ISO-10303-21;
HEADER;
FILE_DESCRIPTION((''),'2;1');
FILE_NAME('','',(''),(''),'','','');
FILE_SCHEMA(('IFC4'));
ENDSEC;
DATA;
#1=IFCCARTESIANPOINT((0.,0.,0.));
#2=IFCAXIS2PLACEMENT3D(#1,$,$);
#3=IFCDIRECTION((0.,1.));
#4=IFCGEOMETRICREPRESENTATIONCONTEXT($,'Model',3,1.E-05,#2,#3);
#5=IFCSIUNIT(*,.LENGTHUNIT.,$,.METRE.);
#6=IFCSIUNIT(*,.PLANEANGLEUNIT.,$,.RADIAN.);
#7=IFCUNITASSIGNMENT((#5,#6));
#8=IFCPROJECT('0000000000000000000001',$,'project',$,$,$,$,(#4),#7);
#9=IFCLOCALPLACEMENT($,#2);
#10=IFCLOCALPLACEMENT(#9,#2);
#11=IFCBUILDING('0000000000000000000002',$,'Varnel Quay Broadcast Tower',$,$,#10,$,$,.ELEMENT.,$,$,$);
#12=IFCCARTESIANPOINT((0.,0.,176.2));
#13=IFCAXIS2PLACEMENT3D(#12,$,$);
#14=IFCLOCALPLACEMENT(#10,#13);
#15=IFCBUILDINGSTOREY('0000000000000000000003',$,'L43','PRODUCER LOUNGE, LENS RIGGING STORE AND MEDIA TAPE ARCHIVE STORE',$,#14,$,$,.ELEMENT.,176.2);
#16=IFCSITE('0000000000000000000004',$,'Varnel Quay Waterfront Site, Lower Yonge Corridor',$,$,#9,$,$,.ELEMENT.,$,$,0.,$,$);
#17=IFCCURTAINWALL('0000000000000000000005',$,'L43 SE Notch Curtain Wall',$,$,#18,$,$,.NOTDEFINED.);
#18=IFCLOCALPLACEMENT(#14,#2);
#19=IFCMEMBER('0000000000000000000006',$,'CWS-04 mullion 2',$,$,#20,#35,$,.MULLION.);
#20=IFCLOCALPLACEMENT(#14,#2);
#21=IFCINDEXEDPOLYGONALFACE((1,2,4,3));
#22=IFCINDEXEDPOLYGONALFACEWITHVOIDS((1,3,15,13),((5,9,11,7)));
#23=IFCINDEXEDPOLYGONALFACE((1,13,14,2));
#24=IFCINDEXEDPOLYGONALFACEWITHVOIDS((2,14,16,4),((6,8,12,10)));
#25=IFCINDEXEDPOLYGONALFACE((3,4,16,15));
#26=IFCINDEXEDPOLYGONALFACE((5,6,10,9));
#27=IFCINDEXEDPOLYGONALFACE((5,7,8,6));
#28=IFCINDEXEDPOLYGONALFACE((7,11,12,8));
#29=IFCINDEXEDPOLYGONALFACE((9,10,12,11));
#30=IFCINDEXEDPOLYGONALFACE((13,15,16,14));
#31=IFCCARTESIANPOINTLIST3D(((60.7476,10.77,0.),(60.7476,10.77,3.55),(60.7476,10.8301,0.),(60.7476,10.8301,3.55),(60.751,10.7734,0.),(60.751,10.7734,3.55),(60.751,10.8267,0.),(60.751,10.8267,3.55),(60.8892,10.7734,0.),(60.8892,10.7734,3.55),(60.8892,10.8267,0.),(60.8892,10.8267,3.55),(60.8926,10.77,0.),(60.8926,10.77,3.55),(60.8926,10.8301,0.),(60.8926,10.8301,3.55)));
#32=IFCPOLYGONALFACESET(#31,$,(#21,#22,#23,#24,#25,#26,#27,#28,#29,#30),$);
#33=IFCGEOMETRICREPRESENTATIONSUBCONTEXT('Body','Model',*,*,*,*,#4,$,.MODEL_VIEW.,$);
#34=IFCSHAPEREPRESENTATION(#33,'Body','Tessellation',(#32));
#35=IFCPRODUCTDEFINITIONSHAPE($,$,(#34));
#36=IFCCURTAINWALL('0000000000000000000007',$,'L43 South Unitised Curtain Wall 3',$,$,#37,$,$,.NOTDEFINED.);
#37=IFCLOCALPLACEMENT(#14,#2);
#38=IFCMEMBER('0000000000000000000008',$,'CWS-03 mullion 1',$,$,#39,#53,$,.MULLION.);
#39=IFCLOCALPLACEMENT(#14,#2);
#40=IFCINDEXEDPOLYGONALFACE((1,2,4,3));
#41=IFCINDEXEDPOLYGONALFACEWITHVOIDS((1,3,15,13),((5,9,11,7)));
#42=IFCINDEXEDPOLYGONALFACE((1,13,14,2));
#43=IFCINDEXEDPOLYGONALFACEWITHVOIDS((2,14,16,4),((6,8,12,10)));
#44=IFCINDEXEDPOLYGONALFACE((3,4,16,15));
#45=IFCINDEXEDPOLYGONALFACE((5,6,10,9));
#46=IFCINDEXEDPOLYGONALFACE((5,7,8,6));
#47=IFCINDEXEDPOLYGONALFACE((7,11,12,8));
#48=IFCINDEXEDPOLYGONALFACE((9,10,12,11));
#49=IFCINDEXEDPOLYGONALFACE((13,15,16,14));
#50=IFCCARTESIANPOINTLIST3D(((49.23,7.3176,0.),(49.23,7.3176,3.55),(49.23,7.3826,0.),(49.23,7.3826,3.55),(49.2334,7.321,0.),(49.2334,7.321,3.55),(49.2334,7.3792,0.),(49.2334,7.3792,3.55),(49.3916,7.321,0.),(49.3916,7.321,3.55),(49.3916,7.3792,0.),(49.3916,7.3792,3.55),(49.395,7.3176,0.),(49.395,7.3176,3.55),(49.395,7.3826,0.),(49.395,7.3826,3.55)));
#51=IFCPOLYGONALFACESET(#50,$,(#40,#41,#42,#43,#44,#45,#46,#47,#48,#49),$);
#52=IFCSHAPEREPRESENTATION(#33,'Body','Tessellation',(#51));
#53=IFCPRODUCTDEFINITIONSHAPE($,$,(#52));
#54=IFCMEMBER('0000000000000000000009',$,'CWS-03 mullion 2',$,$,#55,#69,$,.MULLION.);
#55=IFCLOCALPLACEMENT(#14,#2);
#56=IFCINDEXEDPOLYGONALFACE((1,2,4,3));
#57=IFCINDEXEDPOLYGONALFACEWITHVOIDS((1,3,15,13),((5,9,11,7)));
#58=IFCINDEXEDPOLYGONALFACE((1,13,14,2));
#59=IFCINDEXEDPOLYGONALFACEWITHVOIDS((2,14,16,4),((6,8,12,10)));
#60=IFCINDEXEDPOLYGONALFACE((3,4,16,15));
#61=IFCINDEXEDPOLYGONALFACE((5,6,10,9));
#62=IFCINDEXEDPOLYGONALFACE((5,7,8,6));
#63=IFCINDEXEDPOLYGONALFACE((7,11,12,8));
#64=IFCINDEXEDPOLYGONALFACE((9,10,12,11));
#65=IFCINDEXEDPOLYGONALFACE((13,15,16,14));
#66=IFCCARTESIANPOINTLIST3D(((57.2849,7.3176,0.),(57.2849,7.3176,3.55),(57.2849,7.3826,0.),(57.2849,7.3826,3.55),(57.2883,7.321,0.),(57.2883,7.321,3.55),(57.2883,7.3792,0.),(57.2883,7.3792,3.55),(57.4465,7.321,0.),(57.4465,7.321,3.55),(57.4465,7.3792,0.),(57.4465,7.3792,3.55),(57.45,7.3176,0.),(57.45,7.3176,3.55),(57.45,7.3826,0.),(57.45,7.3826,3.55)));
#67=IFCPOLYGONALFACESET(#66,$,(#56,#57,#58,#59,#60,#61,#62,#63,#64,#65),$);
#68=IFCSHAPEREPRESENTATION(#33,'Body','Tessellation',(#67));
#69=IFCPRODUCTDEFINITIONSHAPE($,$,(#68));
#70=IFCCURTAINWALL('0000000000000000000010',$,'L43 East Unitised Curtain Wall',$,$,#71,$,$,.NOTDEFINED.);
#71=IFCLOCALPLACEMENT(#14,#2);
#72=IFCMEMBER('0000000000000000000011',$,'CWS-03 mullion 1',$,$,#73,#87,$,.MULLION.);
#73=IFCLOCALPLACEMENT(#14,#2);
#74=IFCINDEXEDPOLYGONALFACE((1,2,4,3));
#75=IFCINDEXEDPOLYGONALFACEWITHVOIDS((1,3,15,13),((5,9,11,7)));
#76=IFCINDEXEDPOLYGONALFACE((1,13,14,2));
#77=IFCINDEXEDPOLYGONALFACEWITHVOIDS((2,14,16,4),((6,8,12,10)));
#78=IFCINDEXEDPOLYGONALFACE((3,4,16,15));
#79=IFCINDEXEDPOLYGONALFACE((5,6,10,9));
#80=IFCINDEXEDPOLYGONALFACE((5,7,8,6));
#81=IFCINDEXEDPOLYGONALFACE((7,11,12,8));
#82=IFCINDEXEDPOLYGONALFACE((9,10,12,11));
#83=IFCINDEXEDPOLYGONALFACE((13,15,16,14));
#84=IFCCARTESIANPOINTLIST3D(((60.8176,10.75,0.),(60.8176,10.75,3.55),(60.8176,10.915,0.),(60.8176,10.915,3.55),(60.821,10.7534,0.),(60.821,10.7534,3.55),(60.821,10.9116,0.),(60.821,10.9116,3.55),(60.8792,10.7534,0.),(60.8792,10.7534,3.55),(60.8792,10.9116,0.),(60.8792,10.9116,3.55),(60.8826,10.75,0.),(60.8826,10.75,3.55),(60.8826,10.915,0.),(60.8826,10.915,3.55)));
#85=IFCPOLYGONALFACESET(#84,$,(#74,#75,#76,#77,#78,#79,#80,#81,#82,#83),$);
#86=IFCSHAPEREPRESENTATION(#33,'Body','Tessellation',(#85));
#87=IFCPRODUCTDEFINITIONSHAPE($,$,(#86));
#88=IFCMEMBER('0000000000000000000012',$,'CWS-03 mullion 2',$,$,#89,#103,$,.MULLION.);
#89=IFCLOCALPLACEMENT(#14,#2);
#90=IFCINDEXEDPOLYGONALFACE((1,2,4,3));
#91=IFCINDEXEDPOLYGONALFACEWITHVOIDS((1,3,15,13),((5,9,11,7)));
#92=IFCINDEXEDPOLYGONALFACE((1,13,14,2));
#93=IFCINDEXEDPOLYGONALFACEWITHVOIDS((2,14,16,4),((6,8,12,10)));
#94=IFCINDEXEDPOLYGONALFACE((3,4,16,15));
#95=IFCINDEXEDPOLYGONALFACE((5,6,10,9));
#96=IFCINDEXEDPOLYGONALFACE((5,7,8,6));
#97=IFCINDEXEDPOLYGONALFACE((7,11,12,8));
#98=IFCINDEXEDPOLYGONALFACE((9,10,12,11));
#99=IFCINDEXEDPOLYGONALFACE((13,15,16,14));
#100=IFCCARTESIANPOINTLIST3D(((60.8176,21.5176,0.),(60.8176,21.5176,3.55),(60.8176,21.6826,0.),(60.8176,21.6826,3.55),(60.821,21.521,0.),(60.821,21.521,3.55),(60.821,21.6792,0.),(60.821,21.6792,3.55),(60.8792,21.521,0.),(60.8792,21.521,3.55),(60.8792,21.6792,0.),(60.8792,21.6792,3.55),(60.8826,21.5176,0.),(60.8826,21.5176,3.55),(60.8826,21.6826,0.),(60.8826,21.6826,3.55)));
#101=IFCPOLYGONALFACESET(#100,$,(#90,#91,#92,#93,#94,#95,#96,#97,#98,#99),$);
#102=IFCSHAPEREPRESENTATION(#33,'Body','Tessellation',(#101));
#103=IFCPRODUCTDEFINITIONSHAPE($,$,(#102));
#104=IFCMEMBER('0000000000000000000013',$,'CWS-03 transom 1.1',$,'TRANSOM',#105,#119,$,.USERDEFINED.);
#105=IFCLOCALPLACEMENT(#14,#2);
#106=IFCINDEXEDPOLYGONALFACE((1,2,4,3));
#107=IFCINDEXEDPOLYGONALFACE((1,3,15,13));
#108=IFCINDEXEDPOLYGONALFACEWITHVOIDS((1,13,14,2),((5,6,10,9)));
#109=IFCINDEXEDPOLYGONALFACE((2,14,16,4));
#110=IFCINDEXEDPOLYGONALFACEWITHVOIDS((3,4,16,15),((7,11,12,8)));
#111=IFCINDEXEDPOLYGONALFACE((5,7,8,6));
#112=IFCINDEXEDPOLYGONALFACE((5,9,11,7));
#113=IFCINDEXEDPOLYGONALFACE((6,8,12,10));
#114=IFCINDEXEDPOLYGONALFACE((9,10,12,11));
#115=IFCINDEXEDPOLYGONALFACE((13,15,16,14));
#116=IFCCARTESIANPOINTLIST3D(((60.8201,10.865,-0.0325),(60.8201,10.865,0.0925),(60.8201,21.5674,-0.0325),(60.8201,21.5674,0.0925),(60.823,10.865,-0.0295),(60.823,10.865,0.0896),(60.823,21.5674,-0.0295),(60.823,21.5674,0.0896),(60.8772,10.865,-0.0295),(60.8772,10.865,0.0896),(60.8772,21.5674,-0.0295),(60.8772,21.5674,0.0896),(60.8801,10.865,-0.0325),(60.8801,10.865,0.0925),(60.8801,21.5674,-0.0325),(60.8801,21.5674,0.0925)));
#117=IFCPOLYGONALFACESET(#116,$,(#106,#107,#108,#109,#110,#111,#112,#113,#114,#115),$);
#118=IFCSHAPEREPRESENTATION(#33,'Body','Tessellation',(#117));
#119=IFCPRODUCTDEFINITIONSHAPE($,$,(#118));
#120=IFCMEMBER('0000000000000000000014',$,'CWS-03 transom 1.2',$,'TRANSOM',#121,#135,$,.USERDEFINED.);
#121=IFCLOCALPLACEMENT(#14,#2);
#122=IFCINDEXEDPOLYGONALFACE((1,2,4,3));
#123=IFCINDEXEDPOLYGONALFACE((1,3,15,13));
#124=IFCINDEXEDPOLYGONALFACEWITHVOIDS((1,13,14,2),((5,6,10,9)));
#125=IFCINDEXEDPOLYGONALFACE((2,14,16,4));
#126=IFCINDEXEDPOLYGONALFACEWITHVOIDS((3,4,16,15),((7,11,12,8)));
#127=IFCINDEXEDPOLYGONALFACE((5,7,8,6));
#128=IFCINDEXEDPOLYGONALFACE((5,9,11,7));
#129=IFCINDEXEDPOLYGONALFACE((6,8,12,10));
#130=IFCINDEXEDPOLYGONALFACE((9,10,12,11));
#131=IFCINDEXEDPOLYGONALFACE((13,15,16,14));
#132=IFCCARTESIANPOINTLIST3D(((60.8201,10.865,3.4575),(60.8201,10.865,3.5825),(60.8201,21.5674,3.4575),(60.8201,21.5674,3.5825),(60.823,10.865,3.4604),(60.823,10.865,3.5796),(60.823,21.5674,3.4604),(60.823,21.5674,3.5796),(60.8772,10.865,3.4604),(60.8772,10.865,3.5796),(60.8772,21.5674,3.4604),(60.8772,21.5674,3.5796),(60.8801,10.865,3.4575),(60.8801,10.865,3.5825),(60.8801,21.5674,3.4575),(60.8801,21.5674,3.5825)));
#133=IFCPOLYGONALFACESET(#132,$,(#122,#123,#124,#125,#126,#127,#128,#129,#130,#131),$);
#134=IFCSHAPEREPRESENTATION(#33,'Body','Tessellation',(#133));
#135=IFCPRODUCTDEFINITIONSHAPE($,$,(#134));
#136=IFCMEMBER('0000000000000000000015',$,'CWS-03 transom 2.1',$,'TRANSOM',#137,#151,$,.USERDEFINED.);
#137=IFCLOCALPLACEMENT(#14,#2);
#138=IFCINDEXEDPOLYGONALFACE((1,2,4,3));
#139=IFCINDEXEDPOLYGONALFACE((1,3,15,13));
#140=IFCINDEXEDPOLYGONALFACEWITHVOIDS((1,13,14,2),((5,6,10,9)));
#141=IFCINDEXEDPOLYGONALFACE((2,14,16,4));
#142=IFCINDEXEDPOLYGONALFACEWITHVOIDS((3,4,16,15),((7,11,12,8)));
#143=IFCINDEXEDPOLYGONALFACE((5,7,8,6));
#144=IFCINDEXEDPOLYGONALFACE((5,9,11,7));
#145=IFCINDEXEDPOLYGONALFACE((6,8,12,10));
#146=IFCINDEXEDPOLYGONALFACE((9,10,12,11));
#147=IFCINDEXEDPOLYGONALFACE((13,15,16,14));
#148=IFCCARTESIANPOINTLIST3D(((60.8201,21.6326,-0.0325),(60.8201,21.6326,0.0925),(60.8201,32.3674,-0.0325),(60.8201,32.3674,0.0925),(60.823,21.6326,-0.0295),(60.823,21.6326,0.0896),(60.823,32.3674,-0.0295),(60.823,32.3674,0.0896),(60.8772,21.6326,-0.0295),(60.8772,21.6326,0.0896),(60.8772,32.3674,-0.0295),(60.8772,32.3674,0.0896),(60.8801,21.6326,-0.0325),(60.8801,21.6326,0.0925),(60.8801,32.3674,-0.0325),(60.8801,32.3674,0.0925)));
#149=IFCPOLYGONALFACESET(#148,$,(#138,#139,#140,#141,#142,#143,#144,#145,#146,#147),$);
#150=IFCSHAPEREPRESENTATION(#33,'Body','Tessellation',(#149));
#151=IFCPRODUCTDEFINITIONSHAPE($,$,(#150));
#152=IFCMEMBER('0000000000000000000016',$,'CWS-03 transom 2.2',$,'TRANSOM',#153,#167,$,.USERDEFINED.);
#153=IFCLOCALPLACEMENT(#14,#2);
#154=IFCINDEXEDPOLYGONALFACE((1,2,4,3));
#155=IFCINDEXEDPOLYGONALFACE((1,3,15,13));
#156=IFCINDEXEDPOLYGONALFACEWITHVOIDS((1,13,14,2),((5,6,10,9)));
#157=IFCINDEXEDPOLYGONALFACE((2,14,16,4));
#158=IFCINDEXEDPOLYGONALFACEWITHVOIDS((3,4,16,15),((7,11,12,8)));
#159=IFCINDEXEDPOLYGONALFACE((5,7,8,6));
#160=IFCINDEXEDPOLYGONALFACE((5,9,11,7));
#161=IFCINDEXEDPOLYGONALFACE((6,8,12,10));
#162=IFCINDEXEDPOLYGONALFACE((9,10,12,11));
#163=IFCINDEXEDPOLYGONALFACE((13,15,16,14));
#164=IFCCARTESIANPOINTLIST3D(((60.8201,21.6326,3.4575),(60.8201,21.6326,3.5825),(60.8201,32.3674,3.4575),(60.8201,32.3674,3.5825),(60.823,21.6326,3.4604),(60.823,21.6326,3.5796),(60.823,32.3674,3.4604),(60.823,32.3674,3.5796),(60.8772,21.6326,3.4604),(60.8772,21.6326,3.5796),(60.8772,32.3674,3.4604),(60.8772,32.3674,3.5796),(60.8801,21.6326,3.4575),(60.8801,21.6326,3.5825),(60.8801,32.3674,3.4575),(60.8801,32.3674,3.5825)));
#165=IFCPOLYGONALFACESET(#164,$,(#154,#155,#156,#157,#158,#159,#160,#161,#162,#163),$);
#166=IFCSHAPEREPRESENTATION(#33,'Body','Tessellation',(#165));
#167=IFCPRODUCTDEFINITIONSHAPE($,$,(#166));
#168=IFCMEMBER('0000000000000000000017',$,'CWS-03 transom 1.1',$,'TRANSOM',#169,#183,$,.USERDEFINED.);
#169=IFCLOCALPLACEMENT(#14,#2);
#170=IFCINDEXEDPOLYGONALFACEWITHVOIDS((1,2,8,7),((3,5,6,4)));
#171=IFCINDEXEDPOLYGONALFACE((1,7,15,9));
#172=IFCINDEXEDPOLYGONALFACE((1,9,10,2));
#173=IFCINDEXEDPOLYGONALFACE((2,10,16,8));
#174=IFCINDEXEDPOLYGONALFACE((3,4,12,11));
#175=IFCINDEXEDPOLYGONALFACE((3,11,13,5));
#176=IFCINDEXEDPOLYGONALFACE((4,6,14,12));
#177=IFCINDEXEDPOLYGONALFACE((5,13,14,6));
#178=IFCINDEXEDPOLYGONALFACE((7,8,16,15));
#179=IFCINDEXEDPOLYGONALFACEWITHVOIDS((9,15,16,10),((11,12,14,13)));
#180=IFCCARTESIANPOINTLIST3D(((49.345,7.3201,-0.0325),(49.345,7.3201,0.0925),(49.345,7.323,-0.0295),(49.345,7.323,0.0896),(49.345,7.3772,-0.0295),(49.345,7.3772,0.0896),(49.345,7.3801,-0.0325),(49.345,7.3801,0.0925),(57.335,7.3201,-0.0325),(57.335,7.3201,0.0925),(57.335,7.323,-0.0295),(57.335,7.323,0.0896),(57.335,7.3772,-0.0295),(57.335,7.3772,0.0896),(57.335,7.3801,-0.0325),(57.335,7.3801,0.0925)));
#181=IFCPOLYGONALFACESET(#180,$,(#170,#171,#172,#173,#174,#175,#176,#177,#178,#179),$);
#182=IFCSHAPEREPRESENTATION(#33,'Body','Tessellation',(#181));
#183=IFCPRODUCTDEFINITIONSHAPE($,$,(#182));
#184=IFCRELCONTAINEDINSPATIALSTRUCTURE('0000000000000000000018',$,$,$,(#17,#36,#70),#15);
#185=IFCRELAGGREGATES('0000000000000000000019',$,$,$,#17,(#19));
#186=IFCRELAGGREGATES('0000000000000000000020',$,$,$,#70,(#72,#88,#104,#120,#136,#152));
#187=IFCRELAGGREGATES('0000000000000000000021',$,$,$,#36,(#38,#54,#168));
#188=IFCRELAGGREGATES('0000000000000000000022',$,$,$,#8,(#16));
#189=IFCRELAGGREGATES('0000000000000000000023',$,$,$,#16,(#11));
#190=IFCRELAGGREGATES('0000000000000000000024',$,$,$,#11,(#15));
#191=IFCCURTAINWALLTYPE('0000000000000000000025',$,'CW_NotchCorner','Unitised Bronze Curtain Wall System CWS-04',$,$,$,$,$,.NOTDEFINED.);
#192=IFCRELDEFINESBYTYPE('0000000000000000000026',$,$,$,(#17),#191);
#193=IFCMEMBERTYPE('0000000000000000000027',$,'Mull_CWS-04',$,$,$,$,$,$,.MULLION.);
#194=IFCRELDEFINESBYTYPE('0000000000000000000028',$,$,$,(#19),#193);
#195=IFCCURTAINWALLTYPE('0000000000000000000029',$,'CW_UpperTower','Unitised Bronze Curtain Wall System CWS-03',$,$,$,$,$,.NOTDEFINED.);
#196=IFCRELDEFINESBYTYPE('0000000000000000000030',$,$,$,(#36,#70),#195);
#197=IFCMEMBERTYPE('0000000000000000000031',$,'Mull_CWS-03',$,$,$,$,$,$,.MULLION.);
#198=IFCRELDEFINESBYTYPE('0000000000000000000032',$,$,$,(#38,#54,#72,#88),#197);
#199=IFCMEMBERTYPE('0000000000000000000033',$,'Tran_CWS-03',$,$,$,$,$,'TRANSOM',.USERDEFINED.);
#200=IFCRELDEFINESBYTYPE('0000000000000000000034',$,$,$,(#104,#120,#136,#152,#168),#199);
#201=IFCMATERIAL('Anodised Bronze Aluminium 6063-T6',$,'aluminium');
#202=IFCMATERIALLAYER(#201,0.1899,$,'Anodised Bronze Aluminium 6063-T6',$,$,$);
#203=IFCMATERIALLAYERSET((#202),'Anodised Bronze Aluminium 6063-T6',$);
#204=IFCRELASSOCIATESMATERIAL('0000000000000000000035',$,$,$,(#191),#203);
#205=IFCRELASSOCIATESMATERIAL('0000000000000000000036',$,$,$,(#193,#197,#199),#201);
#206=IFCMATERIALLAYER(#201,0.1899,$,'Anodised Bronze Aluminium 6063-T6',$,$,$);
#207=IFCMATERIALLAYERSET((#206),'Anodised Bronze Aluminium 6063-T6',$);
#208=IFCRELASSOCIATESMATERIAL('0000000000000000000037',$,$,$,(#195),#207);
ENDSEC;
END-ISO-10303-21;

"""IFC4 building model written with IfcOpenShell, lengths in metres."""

from ifc_helpers import new_model, si_unit, direction, frame, origin, origin_2d, place, context, subcontext, project, spatial, hollow_rectangle, extrude, source, transform, mapped, material, layer, layer_set, material_profile, profile_set, type_object, type_shapes, element, aggregate, save


model = new_model("IFC4")

# Units and contexts
model_context = context("Model", 3, precision=1e-05, world=origin(), true_north=direction((0.0, 1.0)))
body_context = subcontext(model_context, "Body", "Model", "MODEL_VIEW")
ifc_project = project(units=[si_unit("LENGTHUNIT", "METRE"), si_unit("PLANEANGLEUNIT", "RADIAN")], contexts=[model_context])

# Site, building, storey
site_placement = place(None, origin())
site = spatial("IfcSite", under=ifc_project, at=site_placement, Name="Varnel Quay Waterfront Site, Lower Yonge Corridor", CompositionType="ELEMENT", RefElevation=0.0)
building_placement = place(site_placement, origin())
building = spatial("IfcBuilding", under=site, at=building_placement, Name="Varnel Quay Broadcast Tower", CompositionType="ELEMENT")
storey_placement = place(building_placement, frame((0.0, 0.0, 176.2)))
storey = spatial("IfcBuildingStorey", under=building, at=storey_placement, Name="L43", Description="PRODUCER LOUNGE, LENS RIGGING STORE AND MEDIA TAPE ARCHIVE STORE", CompositionType="ELEMENT", Elevation=176.2)

# Curtain walls, members
ifc_material_1 = material(Name="Anodised Bronze Aluminium 6063-T6", Category="aluminium")
ifc_layer_1 = layer(ifc_material_1, 0.1899, Name="Anodised Bronze Aluminium 6063-T6")
ifc_layer_set_1 = layer_set([ifc_layer_1], Name="Anodised Bronze Aluminium 6063-T6")
curtain_wall_type_1 = type_object("IfcCurtainWallType", Name="CW_NotchCorner", Description="Unitised Bronze Curtain Wall System CWS-04", PredefinedType="NOTDEFINED", material=ifc_layer_set_1)
curtain_wall_1_placement = place(storey_placement, origin())
curtain_wall_1 = element("IfcCurtainWall", 1, at=curtain_wall_1_placement, inside=storey, type_object=curtain_wall_type_1, Name="L43 SE Notch Curtain Wall", PredefinedType="NOTDEFINED")
ifc_material_profile_1 = material_profile(ifc_material_1, hollow_rectangle(XDim=0.0601, YDim=0.145, WallThickness=0.0034, at=origin_2d()), Name="ALU60X145X3.5")
ifc_profile_set_1 = profile_set([ifc_material_profile_1], Name="Anodised Bronze Aluminium 6063-T6")
member_type_1 = type_object("IfcMemberType", Name="Mull_CWS-04", PredefinedType="MULLION", material=ifc_profile_set_1)
shared_shape_1 = source(origin(), body_context, "Body", "SweptSolid", [
    extrude(hollow_rectangle(XDim=0.0601, YDim=0.145, WallThickness=0.0034, at=origin_2d()), origin(), (0.0, 0.0, 1.0), 3.55),
])
type_shapes(member_type_1, [shared_shape_1])
member_1_placement = place(storey_placement, frame((60.8201, 10.8, 0.0), z_axis=(0.0, 0.0, 1.0), x_axis=(0.0, 1.0, 0.0)))
member_1 = element("IfcMember", 2, at=member_1_placement, type_object=member_type_1, Name="CWS-04 mullion 2", PredefinedType="MULLION", context=body_context, shape_type="MappedRepresentation", body=[
    mapped(shared_shape_1, transform((0.0, 0.0, 0.0), x_axis=(1.0, 0.0, 0.0), y_axis=(0.0, 1.0, 0.0), z_axis=(0.0, 0.0, 1.0), scale=1.0)),
])
ifc_layer_2 = layer(ifc_material_1, 0.1899, Name="Anodised Bronze Aluminium 6063-T6")
ifc_layer_set_2 = layer_set([ifc_layer_2], Name="Anodised Bronze Aluminium 6063-T6")
curtain_wall_type_2 = type_object("IfcCurtainWallType", Name="CW_UpperTower", Description="Unitised Bronze Curtain Wall System CWS-03", PredefinedType="NOTDEFINED", material=ifc_layer_set_2)
curtain_wall_2_placement = place(storey_placement, origin())
curtain_wall_2 = element("IfcCurtainWall", 3, at=curtain_wall_2_placement, inside=storey, type_object=curtain_wall_type_2, Name="L43 South Unitised Curtain Wall 3", PredefinedType="NOTDEFINED")
ifc_material_profile_2 = material_profile(ifc_material_1, hollow_rectangle(XDim=0.0649, YDim=0.165, WallThickness=0.0034, at=origin_2d()), Name="ALU65X165X3.5")
ifc_profile_set_2 = profile_set([ifc_material_profile_2], Name="Anodised Bronze Aluminium 6063-T6")
member_type_2 = type_object("IfcMemberType", Name="Mull_CWS-03", PredefinedType="MULLION", material=ifc_profile_set_2)
shared_shape_2 = source(origin(), body_context, "Body", "SweptSolid", [
    extrude(hollow_rectangle(XDim=0.0649, YDim=0.165, WallThickness=0.0034, at=origin_2d()), origin(), (0.0, 0.0, 1.0), 3.55),
])
type_shapes(member_type_2, [shared_shape_2])
member_2_placement = place(storey_placement, frame((49.3125, 7.3501, 0.0), z_axis=(0.0, 0.0, 1.0), x_axis=(0.0, 1.0, 0.0)))
member_2 = element("IfcMember", 4, at=member_2_placement, type_object=member_type_2, Name="CWS-03 mullion 1", PredefinedType="MULLION", context=body_context, shape_type="MappedRepresentation", body=[
    mapped(shared_shape_2, transform((0.0, 0.0, 0.0), x_axis=(1.0, 0.0, 0.0), y_axis=(0.0, 1.0, 0.0), z_axis=(0.0, 0.0, 1.0), scale=1.0)),
])
member_3_placement = place(storey_placement, frame((57.3674, 7.3501, 0.0), z_axis=(0.0, 0.0, 1.0), x_axis=(0.0, 1.0, 0.0)))
member_3 = element("IfcMember", 5, at=member_3_placement, type_object=member_type_2, Name="CWS-03 mullion 2", PredefinedType="MULLION", context=body_context, shape_type="MappedRepresentation", body=[
    mapped(shared_shape_2, transform((0.0, 0.0, 0.0), x_axis=(1.0, 0.0, 0.0), y_axis=(0.0, 1.0, 0.0), z_axis=(0.0, 0.0, 1.0), scale=1.0)),
])
curtain_wall_3_placement = place(storey_placement, origin())
curtain_wall_3 = element("IfcCurtainWall", 6, at=curtain_wall_3_placement, inside=storey, type_object=curtain_wall_type_2, Name="L43 East Unitised Curtain Wall", PredefinedType="NOTDEFINED")
member_4_placement = place(storey_placement, frame((60.8501, 10.8325, 0.0), z_axis=(0.0, 0.0, 1.0), x_axis=(-1.0, 0.0, 0.0)))
member_4 = element("IfcMember", 7, at=member_4_placement, type_object=member_type_2, Name="CWS-03 mullion 1", PredefinedType="MULLION", context=body_context, shape_type="MappedRepresentation", body=[
    mapped(shared_shape_2, transform((0.0, 0.0, 0.0), x_axis=(1.0, 0.0, 0.0), y_axis=(0.0, 1.0, 0.0), z_axis=(0.0, 0.0, 1.0), scale=1.0)),
])
member_5_placement = place(storey_placement, frame((60.8501, 21.6001, 0.0), z_axis=(0.0, 0.0, 1.0), x_axis=(-1.0, 0.0, 0.0)))
member_5 = element("IfcMember", 8, at=member_5_placement, type_object=member_type_2, Name="CWS-03 mullion 2", PredefinedType="MULLION", context=body_context, shape_type="MappedRepresentation", body=[
    mapped(shared_shape_2, transform((0.0, 0.0, 0.0), x_axis=(1.0, 0.0, 0.0), y_axis=(0.0, 1.0, 0.0), z_axis=(0.0, 0.0, 1.0), scale=1.0)),
])
ifc_material_profile_3 = material_profile(ifc_material_1, hollow_rectangle(XDim=0.0601, YDim=0.125, WallThickness=0.0029, at=origin_2d()), Name="ALU60X125X3")
ifc_profile_set_3 = profile_set([ifc_material_profile_3], Name="Anodised Bronze Aluminium 6063-T6")
member_type_3 = type_object("IfcMemberType", Name="Tran_CWS-03", ElementType="TRANSOM", PredefinedType="USERDEFINED", material=ifc_profile_set_3)
shared_shape_3 = source(origin(), body_context, "Body", "SweptSolid", [
    extrude(hollow_rectangle(XDim=0.0601, YDim=0.125, WallThickness=0.0029, at=origin_2d()), origin(), (0.0, 0.0, 1.0), 10.7024),
])
member_6_placement = place(storey_placement, frame((60.8501, 10.865, 0.03), z_axis=(0.0, 1.0, 0.0), x_axis=(-1.0, 0.0, 0.0)))
member_6 = element("IfcMember", 9, at=member_6_placement, type_object=member_type_3, Name="CWS-03 transom 1.1", ObjectType="TRANSOM", PredefinedType="USERDEFINED", context=body_context, shape_type="MappedRepresentation", body=[
    mapped(shared_shape_3, transform((0.0, 0.0, 0.0), x_axis=(1.0, 0.0, 0.0), y_axis=(0.0, 1.0, 0.0), z_axis=(0.0, 0.0, 1.0), scale=1.0)),
])
member_7_placement = place(storey_placement, frame((60.8501, 10.865, 3.52), z_axis=(0.0, 1.0, 0.0), x_axis=(-1.0, 0.0, 0.0)))
member_7 = element("IfcMember", 10, at=member_7_placement, type_object=member_type_3, Name="CWS-03 transom 1.2", ObjectType="TRANSOM", PredefinedType="USERDEFINED", context=body_context, shape_type="MappedRepresentation", body=[
    mapped(shared_shape_3, transform((0.0, 0.0, 0.0), x_axis=(1.0, 0.0, 0.0), y_axis=(0.0, 1.0, 0.0), z_axis=(0.0, 0.0, 1.0), scale=1.0)),
])
shared_shape_4 = source(origin(), body_context, "Body", "SweptSolid", [
    extrude(hollow_rectangle(XDim=0.0601, YDim=0.125, WallThickness=0.0029, at=origin_2d()), origin(), (0.0, 0.0, 1.0), 10.7349),
])
member_8_placement = place(storey_placement, frame((60.8501, 21.6326, 0.03), z_axis=(0.0, 1.0, 0.0), x_axis=(-1.0, 0.0, 0.0)))
member_8 = element("IfcMember", 11, at=member_8_placement, type_object=member_type_3, Name="CWS-03 transom 2.1", ObjectType="TRANSOM", PredefinedType="USERDEFINED", context=body_context, shape_type="MappedRepresentation", body=[
    mapped(shared_shape_4, transform((0.0, 0.0, 0.0), x_axis=(1.0, 0.0, 0.0), y_axis=(0.0, 1.0, 0.0), z_axis=(0.0, 0.0, 1.0), scale=1.0)),
])
member_9_placement = place(storey_placement, frame((60.8501, 21.6326, 3.52), z_axis=(0.0, 1.0, 0.0), x_axis=(-1.0, 0.0, 0.0)))
member_9 = element("IfcMember", 12, at=member_9_placement, type_object=member_type_3, Name="CWS-03 transom 2.2", ObjectType="TRANSOM", PredefinedType="USERDEFINED", context=body_context, shape_type="MappedRepresentation", body=[
    mapped(shared_shape_4, transform((0.0, 0.0, 0.0), x_axis=(1.0, 0.0, 0.0), y_axis=(0.0, 1.0, 0.0), z_axis=(0.0, 0.0, 1.0), scale=1.0)),
])

# Member
shared_shape_5 = source(origin(), body_context, "Body", "SweptSolid", [
    extrude(hollow_rectangle(XDim=0.0601, YDim=0.125, WallThickness=0.0029, at=origin_2d()), origin(), (0.0, 0.0, 1.0), 7.99),
])
type_shapes(member_type_3, [shared_shape_3, shared_shape_4, shared_shape_5])
member_10_placement = place(storey_placement, frame((49.345, 7.3501, 0.03), z_axis=(1.0, 0.0, 0.0), x_axis=(0.0, 1.0, 0.0)))
member_10 = element("IfcMember", 13, at=member_10_placement, type_object=member_type_3, Name="CWS-03 transom 1.1", ObjectType="TRANSOM", PredefinedType="USERDEFINED", context=body_context, shape_type="MappedRepresentation", body=[
    mapped(shared_shape_5, transform((0.0, 0.0, 0.0), x_axis=(1.0, 0.0, 0.0), y_axis=(0.0, 1.0, 0.0), z_axis=(0.0, 0.0, 1.0), scale=1.0)),
])

aggregate(curtain_wall_1, [member_1])
aggregate(curtain_wall_3, [member_4, member_5, member_6, member_7, member_8, member_9])
aggregate(curtain_wall_2, [member_2, member_3, member_10])

save(model, "model.ifc")
